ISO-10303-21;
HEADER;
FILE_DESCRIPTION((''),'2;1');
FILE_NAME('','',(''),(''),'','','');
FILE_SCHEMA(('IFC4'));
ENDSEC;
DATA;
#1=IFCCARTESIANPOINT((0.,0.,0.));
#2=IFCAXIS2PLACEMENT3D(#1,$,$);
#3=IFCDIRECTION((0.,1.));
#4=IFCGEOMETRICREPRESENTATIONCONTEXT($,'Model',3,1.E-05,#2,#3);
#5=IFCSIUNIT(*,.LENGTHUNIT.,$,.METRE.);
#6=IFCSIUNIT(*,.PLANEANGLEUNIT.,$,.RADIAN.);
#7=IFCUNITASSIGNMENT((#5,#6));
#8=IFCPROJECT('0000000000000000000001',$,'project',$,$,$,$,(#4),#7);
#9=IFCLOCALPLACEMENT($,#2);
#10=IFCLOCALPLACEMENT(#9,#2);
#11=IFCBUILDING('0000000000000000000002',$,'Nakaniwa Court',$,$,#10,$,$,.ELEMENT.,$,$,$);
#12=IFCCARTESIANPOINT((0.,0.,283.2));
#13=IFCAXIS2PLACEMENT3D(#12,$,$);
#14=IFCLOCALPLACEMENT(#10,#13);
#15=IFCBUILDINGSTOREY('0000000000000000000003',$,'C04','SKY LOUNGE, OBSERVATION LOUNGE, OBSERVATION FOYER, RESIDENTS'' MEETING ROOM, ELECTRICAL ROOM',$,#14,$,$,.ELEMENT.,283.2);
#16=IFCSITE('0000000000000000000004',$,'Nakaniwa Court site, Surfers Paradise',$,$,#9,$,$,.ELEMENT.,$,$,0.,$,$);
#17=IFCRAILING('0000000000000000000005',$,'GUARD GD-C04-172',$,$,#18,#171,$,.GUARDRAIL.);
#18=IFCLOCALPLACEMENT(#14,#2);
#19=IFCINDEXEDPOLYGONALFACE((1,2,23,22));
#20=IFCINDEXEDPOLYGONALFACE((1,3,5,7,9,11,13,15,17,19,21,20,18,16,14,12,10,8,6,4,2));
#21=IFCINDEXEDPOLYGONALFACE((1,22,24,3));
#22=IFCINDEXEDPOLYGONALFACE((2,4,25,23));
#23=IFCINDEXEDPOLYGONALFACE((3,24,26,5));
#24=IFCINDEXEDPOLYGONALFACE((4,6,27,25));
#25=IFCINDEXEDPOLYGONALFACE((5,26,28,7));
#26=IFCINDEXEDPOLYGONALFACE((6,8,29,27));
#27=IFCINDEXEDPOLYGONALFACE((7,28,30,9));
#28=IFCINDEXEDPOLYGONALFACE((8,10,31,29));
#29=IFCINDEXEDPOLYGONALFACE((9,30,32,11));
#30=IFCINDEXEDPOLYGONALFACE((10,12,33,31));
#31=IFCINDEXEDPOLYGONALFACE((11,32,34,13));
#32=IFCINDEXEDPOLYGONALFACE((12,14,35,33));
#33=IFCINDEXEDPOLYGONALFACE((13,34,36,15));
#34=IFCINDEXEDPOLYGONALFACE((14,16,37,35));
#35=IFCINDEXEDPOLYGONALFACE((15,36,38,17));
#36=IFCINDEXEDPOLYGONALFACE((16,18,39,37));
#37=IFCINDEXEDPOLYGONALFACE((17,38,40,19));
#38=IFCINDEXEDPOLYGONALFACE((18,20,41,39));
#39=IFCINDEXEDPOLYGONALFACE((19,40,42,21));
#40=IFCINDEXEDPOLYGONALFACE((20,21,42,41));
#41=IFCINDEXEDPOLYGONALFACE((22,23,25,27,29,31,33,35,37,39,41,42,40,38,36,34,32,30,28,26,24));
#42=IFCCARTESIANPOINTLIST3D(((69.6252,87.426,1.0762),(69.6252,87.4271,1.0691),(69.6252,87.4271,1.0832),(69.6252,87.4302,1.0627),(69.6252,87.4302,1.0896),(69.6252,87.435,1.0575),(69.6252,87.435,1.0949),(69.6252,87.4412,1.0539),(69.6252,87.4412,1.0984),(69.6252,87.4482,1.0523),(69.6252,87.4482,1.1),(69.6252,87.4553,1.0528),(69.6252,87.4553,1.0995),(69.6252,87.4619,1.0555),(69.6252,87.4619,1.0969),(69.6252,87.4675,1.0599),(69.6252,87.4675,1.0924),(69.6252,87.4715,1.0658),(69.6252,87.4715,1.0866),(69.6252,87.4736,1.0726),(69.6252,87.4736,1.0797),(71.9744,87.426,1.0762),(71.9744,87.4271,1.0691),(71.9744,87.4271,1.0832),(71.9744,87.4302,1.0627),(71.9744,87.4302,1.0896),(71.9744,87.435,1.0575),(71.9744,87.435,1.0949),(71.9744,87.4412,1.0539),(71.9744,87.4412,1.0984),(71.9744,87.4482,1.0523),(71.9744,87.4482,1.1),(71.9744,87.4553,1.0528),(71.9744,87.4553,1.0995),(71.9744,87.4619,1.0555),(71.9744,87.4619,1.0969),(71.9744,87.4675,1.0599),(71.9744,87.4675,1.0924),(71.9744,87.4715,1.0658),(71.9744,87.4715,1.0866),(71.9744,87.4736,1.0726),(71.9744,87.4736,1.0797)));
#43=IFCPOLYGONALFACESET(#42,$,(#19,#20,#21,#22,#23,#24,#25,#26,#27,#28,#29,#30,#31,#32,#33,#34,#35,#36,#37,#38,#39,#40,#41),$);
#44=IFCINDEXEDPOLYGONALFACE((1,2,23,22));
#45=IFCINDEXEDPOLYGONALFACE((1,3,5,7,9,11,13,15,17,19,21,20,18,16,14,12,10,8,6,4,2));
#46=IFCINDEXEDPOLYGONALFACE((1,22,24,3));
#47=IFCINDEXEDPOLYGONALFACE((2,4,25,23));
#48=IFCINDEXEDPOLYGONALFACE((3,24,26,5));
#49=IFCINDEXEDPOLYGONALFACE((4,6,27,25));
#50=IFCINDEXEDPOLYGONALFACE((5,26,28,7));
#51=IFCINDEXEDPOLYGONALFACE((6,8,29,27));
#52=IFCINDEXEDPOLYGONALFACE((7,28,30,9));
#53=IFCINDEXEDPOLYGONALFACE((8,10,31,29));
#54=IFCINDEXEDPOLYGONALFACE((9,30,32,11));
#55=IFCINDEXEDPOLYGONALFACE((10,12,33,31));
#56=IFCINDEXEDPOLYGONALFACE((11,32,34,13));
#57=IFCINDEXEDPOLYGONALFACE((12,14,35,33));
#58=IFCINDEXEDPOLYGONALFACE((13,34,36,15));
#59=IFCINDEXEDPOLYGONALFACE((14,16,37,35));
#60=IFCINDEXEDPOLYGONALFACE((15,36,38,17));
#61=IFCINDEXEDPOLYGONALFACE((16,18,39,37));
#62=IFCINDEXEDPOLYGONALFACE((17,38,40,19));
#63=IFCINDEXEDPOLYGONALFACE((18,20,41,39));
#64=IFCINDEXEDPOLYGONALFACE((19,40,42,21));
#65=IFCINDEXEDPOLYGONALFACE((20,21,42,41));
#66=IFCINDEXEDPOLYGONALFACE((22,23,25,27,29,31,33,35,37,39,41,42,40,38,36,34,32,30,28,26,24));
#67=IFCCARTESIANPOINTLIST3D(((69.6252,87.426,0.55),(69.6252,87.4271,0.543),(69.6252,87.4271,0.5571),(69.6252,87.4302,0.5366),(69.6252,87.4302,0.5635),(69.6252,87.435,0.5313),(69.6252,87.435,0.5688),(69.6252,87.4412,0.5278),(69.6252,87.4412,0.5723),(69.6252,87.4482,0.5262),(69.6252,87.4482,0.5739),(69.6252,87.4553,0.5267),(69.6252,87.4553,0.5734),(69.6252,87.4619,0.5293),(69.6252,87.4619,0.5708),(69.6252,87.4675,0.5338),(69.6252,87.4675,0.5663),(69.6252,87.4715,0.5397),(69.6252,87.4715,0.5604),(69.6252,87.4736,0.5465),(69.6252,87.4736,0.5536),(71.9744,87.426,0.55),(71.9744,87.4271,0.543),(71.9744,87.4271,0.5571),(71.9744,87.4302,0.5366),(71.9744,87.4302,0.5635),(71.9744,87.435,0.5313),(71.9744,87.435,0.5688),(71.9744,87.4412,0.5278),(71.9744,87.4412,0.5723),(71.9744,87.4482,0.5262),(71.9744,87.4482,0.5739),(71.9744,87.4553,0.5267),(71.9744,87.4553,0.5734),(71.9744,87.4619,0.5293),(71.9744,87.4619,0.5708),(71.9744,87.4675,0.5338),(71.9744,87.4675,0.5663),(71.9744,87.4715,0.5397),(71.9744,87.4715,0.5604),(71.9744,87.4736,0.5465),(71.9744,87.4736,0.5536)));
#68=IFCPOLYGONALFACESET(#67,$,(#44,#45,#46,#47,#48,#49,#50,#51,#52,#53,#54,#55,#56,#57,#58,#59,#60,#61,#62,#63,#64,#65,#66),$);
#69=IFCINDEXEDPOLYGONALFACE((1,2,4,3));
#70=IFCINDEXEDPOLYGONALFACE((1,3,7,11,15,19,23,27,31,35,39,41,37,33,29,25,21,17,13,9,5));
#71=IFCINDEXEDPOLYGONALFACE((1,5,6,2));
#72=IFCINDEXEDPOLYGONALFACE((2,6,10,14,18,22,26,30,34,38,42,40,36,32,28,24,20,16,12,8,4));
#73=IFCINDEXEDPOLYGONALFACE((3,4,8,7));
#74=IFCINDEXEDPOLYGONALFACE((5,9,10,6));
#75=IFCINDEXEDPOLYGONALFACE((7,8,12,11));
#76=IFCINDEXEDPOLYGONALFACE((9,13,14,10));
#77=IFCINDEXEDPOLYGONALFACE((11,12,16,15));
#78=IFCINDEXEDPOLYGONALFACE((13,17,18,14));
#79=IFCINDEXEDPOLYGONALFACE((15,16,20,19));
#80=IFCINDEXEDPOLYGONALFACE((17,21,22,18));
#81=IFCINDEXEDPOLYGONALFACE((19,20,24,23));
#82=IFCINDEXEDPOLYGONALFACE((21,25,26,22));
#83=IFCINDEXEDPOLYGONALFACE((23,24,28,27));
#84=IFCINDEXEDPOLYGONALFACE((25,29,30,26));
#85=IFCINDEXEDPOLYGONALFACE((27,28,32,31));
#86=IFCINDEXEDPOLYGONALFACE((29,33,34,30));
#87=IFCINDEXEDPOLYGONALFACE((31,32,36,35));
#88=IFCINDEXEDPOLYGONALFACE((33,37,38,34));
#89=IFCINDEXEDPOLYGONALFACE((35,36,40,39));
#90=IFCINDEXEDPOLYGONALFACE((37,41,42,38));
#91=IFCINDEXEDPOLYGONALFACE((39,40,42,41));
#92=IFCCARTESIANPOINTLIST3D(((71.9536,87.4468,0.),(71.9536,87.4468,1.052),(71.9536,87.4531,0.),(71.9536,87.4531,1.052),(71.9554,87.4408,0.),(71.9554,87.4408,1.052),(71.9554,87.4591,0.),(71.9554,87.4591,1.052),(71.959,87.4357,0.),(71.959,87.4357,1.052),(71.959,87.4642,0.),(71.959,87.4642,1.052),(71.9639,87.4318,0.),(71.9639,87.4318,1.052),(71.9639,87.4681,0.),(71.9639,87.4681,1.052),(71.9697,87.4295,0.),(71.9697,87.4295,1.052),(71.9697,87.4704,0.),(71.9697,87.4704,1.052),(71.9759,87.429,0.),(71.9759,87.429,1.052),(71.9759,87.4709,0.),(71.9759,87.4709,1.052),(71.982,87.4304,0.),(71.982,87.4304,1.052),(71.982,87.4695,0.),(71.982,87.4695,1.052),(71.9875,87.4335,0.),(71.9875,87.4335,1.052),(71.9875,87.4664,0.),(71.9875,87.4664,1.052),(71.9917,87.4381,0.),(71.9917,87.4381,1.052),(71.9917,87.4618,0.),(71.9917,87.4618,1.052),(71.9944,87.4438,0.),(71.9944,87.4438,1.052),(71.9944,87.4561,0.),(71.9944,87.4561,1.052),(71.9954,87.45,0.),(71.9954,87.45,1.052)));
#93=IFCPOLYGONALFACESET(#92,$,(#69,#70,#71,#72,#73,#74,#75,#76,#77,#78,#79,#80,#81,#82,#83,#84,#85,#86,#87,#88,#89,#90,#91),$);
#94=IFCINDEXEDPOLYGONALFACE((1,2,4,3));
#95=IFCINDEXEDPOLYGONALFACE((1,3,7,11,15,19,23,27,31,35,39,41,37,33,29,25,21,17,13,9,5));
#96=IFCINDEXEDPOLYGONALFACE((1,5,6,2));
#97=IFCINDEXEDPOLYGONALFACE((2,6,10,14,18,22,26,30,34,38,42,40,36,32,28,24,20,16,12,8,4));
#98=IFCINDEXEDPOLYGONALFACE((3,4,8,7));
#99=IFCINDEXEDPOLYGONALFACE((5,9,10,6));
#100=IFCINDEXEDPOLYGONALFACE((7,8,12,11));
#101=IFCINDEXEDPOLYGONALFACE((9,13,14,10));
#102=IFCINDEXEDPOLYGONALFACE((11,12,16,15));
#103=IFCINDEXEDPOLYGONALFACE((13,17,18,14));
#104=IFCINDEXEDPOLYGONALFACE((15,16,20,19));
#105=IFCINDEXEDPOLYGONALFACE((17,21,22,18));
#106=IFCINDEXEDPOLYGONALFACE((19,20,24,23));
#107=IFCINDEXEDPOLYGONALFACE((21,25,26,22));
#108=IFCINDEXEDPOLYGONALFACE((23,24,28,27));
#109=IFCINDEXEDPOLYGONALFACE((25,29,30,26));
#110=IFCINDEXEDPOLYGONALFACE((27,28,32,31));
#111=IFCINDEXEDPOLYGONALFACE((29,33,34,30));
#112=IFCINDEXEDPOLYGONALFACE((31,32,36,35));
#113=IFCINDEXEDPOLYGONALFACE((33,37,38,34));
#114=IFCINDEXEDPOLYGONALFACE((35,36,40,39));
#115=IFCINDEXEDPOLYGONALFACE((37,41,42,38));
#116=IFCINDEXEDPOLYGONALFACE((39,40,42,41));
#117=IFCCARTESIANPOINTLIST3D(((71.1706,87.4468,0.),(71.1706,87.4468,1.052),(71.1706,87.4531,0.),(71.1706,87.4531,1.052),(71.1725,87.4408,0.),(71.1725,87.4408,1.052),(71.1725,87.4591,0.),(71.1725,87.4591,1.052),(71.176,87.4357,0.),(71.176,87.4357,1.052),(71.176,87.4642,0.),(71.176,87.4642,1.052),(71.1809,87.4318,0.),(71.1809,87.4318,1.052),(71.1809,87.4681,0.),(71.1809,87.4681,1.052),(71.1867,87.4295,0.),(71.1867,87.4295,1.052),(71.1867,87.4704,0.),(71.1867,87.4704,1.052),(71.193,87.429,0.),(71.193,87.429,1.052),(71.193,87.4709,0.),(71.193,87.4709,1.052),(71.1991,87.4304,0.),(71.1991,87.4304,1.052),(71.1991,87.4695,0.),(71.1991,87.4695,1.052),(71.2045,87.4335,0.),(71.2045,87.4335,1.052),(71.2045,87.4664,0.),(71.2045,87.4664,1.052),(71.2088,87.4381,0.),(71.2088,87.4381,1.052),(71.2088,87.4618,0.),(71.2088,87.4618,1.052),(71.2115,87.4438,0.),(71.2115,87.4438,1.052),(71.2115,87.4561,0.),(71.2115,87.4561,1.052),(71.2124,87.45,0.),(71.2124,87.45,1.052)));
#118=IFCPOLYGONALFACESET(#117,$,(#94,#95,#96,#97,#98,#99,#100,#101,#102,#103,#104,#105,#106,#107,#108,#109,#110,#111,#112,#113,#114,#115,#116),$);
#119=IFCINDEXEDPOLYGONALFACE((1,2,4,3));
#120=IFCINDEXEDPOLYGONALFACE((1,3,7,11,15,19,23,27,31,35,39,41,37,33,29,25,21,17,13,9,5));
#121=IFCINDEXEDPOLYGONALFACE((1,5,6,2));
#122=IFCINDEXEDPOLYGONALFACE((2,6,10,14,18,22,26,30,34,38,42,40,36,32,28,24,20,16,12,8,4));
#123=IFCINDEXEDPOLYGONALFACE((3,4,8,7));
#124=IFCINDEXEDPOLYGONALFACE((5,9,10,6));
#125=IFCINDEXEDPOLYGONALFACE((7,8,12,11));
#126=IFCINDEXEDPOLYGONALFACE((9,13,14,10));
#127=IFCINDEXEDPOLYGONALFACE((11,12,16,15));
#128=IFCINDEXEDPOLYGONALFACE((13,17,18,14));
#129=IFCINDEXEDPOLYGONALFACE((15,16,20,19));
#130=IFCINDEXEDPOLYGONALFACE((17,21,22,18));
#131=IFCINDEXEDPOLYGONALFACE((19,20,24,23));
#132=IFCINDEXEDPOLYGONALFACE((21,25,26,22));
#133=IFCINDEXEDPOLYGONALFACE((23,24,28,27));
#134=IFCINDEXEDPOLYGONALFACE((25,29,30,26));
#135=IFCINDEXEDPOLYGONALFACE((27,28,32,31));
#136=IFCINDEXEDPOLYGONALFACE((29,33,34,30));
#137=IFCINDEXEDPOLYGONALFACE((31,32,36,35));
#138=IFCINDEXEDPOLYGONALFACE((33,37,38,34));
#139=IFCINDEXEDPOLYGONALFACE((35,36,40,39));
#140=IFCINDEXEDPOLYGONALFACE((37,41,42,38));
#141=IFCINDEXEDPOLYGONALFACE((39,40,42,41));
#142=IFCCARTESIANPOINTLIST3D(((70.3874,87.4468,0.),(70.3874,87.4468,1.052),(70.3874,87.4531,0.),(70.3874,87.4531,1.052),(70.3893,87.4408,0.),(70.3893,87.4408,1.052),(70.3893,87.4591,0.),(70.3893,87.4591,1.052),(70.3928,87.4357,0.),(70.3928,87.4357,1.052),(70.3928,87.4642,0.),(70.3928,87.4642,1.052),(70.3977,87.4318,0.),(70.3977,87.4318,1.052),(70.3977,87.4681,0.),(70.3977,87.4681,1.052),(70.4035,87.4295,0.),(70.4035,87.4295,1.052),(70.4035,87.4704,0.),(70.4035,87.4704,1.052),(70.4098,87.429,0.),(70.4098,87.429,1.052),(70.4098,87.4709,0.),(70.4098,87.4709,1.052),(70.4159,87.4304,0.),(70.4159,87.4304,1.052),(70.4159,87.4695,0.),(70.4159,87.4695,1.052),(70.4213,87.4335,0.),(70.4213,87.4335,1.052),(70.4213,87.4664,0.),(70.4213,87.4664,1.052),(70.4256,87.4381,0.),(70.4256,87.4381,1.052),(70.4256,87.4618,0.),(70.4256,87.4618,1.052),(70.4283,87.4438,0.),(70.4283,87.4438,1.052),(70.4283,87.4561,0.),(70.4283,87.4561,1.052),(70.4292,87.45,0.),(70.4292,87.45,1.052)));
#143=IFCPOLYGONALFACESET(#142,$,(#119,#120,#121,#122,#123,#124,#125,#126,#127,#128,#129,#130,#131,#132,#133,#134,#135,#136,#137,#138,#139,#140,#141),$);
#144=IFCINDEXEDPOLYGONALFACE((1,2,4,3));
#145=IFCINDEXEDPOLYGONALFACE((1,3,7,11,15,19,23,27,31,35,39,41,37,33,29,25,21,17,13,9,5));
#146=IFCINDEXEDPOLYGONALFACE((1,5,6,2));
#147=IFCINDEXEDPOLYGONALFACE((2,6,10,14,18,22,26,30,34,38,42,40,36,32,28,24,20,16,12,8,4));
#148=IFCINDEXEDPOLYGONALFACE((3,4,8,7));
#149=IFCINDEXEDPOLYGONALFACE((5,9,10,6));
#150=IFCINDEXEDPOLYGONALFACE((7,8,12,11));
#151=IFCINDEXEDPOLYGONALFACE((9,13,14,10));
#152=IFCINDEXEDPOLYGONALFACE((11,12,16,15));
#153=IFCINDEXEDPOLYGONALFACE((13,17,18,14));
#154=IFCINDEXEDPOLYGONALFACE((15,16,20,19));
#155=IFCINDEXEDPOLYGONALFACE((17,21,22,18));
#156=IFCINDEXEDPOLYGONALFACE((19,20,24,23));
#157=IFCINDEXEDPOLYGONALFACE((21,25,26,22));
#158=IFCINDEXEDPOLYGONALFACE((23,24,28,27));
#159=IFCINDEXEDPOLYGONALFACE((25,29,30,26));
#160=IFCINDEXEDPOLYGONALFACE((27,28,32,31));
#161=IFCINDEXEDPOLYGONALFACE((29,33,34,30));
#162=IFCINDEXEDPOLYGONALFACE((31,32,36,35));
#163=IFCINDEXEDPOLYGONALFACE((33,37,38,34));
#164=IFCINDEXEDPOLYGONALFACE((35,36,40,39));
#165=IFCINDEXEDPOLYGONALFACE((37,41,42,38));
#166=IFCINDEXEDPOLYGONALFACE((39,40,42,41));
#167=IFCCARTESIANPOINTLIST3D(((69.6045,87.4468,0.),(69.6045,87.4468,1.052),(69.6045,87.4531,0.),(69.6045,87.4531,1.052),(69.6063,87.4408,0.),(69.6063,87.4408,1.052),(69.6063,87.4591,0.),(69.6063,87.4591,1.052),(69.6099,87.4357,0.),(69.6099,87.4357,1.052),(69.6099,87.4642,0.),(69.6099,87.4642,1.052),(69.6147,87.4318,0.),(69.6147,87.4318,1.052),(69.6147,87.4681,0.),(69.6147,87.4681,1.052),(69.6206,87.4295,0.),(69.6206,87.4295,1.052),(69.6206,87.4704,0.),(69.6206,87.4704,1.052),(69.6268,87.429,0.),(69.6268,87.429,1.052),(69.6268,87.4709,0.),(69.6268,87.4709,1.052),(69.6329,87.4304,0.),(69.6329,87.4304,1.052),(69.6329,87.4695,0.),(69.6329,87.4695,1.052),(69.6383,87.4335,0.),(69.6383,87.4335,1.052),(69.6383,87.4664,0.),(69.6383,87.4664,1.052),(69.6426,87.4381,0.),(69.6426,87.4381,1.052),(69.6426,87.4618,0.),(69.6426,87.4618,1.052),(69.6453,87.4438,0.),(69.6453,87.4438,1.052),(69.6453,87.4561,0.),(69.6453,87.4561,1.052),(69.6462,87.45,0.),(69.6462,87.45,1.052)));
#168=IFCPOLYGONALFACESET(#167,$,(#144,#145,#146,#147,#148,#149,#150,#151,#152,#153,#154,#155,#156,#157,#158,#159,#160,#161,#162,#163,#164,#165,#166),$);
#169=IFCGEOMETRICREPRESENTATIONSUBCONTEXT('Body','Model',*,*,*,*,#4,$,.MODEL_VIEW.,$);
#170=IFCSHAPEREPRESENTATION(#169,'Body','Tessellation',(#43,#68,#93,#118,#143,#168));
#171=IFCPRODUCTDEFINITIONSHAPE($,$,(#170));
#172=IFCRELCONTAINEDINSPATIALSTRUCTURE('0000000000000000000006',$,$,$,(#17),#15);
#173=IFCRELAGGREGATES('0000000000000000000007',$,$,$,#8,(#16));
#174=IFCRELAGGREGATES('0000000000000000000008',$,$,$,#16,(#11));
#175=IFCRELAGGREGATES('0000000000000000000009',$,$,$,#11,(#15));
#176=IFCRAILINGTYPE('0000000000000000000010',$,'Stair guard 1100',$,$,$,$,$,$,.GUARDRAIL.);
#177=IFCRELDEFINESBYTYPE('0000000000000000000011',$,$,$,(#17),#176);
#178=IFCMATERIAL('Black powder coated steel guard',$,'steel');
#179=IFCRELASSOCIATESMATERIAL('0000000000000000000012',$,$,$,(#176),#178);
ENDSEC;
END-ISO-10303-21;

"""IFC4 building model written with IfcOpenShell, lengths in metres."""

from ifc_helpers import new_model, si_unit, direction, frame, origin, origin_2d, place, context, subcontext, project, spatial, circle, extrude, material, type_object, element, save


model = new_model("IFC4")

# Units and contexts
model_context = context("Model", 3, precision=1e-05, world=origin(), true_north=direction((0.0, 1.0)))
body_context = subcontext(model_context, "Body", "Model", "MODEL_VIEW")
ifc_project = project(units=[si_unit("LENGTHUNIT", "METRE"), si_unit("PLANEANGLEUNIT", "RADIAN")], contexts=[model_context])

# Site, building, storey
site_placement = place(None, origin())
site = spatial("IfcSite", under=ifc_project, at=site_placement, Name="Nakaniwa Court site, Surfers Paradise", CompositionType="ELEMENT", RefElevation=0.0)
building_placement = place(site_placement, origin())
building = spatial("IfcBuilding", under=site, at=building_placement, Name="Nakaniwa Court", CompositionType="ELEMENT")
storey_placement = place(building_placement, frame((0.0, 0.0, 283.2)))
storey = spatial("IfcBuildingStorey", under=building, at=storey_placement, Name="C04", Description="SKY LOUNGE, OBSERVATION LOUNGE, OBSERVATION FOYER, RESIDENTS' MEETING ROOM, ELECTRICAL ROOM", CompositionType="ELEMENT", Elevation=283.2)

# Railing
ifc_material_1 = material(Name="Black powder coated steel guard", Category="steel")
railing_type = type_object("IfcRailingType", Name="Stair guard 1100", PredefinedType="GUARDRAIL", material=ifc_material_1)
railing_placement = place(storey_placement, frame((71.9744, 87.45, 0.0)))
element("IfcRailing", 1, at=railing_placement, inside=storey, type_object=railing_type, Name="GUARD GD-C04-172", PredefinedType="GUARDRAIL", context=body_context, shape_type="SweptSolid", body=[
    extrude(circle(Radius=0.0239, at=origin_2d()), frame((0.0, 0.0, 1.0762), z_axis=(-1.0, 0.0, 0.0), x_axis=(0.0, -1.0, 0.0)), (0.0, 0.0, 1.0), 2.3491),
    extrude(circle(Radius=0.0239, at=origin_2d()), frame((0.0, 0.0, 0.55), z_axis=(-1.0, 0.0, 0.0), x_axis=(0.0, -1.0, 0.0)), (0.0, 0.0, 1.0), 2.3491),
    extrude(circle(Radius=0.021, at=origin_2d()), origin(), (0.0, 0.0, 1.0), 1.052),
    extrude(circle(Radius=0.021, at=origin_2d()), frame((-0.783, 0.0, 0.0)), (0.0, 0.0, 1.0), 1.052),
    extrude(circle(Radius=0.021, at=origin_2d()), frame((-1.5662, 0.0, 0.0)), (0.0, 0.0, 1.0), 1.052),
    extrude(circle(Radius=0.021, at=origin_2d()), frame((-2.3491, 0.0, 0.0)), (0.0, 0.0, 1.0), 1.052),
])

save(model, "model.ifc")
